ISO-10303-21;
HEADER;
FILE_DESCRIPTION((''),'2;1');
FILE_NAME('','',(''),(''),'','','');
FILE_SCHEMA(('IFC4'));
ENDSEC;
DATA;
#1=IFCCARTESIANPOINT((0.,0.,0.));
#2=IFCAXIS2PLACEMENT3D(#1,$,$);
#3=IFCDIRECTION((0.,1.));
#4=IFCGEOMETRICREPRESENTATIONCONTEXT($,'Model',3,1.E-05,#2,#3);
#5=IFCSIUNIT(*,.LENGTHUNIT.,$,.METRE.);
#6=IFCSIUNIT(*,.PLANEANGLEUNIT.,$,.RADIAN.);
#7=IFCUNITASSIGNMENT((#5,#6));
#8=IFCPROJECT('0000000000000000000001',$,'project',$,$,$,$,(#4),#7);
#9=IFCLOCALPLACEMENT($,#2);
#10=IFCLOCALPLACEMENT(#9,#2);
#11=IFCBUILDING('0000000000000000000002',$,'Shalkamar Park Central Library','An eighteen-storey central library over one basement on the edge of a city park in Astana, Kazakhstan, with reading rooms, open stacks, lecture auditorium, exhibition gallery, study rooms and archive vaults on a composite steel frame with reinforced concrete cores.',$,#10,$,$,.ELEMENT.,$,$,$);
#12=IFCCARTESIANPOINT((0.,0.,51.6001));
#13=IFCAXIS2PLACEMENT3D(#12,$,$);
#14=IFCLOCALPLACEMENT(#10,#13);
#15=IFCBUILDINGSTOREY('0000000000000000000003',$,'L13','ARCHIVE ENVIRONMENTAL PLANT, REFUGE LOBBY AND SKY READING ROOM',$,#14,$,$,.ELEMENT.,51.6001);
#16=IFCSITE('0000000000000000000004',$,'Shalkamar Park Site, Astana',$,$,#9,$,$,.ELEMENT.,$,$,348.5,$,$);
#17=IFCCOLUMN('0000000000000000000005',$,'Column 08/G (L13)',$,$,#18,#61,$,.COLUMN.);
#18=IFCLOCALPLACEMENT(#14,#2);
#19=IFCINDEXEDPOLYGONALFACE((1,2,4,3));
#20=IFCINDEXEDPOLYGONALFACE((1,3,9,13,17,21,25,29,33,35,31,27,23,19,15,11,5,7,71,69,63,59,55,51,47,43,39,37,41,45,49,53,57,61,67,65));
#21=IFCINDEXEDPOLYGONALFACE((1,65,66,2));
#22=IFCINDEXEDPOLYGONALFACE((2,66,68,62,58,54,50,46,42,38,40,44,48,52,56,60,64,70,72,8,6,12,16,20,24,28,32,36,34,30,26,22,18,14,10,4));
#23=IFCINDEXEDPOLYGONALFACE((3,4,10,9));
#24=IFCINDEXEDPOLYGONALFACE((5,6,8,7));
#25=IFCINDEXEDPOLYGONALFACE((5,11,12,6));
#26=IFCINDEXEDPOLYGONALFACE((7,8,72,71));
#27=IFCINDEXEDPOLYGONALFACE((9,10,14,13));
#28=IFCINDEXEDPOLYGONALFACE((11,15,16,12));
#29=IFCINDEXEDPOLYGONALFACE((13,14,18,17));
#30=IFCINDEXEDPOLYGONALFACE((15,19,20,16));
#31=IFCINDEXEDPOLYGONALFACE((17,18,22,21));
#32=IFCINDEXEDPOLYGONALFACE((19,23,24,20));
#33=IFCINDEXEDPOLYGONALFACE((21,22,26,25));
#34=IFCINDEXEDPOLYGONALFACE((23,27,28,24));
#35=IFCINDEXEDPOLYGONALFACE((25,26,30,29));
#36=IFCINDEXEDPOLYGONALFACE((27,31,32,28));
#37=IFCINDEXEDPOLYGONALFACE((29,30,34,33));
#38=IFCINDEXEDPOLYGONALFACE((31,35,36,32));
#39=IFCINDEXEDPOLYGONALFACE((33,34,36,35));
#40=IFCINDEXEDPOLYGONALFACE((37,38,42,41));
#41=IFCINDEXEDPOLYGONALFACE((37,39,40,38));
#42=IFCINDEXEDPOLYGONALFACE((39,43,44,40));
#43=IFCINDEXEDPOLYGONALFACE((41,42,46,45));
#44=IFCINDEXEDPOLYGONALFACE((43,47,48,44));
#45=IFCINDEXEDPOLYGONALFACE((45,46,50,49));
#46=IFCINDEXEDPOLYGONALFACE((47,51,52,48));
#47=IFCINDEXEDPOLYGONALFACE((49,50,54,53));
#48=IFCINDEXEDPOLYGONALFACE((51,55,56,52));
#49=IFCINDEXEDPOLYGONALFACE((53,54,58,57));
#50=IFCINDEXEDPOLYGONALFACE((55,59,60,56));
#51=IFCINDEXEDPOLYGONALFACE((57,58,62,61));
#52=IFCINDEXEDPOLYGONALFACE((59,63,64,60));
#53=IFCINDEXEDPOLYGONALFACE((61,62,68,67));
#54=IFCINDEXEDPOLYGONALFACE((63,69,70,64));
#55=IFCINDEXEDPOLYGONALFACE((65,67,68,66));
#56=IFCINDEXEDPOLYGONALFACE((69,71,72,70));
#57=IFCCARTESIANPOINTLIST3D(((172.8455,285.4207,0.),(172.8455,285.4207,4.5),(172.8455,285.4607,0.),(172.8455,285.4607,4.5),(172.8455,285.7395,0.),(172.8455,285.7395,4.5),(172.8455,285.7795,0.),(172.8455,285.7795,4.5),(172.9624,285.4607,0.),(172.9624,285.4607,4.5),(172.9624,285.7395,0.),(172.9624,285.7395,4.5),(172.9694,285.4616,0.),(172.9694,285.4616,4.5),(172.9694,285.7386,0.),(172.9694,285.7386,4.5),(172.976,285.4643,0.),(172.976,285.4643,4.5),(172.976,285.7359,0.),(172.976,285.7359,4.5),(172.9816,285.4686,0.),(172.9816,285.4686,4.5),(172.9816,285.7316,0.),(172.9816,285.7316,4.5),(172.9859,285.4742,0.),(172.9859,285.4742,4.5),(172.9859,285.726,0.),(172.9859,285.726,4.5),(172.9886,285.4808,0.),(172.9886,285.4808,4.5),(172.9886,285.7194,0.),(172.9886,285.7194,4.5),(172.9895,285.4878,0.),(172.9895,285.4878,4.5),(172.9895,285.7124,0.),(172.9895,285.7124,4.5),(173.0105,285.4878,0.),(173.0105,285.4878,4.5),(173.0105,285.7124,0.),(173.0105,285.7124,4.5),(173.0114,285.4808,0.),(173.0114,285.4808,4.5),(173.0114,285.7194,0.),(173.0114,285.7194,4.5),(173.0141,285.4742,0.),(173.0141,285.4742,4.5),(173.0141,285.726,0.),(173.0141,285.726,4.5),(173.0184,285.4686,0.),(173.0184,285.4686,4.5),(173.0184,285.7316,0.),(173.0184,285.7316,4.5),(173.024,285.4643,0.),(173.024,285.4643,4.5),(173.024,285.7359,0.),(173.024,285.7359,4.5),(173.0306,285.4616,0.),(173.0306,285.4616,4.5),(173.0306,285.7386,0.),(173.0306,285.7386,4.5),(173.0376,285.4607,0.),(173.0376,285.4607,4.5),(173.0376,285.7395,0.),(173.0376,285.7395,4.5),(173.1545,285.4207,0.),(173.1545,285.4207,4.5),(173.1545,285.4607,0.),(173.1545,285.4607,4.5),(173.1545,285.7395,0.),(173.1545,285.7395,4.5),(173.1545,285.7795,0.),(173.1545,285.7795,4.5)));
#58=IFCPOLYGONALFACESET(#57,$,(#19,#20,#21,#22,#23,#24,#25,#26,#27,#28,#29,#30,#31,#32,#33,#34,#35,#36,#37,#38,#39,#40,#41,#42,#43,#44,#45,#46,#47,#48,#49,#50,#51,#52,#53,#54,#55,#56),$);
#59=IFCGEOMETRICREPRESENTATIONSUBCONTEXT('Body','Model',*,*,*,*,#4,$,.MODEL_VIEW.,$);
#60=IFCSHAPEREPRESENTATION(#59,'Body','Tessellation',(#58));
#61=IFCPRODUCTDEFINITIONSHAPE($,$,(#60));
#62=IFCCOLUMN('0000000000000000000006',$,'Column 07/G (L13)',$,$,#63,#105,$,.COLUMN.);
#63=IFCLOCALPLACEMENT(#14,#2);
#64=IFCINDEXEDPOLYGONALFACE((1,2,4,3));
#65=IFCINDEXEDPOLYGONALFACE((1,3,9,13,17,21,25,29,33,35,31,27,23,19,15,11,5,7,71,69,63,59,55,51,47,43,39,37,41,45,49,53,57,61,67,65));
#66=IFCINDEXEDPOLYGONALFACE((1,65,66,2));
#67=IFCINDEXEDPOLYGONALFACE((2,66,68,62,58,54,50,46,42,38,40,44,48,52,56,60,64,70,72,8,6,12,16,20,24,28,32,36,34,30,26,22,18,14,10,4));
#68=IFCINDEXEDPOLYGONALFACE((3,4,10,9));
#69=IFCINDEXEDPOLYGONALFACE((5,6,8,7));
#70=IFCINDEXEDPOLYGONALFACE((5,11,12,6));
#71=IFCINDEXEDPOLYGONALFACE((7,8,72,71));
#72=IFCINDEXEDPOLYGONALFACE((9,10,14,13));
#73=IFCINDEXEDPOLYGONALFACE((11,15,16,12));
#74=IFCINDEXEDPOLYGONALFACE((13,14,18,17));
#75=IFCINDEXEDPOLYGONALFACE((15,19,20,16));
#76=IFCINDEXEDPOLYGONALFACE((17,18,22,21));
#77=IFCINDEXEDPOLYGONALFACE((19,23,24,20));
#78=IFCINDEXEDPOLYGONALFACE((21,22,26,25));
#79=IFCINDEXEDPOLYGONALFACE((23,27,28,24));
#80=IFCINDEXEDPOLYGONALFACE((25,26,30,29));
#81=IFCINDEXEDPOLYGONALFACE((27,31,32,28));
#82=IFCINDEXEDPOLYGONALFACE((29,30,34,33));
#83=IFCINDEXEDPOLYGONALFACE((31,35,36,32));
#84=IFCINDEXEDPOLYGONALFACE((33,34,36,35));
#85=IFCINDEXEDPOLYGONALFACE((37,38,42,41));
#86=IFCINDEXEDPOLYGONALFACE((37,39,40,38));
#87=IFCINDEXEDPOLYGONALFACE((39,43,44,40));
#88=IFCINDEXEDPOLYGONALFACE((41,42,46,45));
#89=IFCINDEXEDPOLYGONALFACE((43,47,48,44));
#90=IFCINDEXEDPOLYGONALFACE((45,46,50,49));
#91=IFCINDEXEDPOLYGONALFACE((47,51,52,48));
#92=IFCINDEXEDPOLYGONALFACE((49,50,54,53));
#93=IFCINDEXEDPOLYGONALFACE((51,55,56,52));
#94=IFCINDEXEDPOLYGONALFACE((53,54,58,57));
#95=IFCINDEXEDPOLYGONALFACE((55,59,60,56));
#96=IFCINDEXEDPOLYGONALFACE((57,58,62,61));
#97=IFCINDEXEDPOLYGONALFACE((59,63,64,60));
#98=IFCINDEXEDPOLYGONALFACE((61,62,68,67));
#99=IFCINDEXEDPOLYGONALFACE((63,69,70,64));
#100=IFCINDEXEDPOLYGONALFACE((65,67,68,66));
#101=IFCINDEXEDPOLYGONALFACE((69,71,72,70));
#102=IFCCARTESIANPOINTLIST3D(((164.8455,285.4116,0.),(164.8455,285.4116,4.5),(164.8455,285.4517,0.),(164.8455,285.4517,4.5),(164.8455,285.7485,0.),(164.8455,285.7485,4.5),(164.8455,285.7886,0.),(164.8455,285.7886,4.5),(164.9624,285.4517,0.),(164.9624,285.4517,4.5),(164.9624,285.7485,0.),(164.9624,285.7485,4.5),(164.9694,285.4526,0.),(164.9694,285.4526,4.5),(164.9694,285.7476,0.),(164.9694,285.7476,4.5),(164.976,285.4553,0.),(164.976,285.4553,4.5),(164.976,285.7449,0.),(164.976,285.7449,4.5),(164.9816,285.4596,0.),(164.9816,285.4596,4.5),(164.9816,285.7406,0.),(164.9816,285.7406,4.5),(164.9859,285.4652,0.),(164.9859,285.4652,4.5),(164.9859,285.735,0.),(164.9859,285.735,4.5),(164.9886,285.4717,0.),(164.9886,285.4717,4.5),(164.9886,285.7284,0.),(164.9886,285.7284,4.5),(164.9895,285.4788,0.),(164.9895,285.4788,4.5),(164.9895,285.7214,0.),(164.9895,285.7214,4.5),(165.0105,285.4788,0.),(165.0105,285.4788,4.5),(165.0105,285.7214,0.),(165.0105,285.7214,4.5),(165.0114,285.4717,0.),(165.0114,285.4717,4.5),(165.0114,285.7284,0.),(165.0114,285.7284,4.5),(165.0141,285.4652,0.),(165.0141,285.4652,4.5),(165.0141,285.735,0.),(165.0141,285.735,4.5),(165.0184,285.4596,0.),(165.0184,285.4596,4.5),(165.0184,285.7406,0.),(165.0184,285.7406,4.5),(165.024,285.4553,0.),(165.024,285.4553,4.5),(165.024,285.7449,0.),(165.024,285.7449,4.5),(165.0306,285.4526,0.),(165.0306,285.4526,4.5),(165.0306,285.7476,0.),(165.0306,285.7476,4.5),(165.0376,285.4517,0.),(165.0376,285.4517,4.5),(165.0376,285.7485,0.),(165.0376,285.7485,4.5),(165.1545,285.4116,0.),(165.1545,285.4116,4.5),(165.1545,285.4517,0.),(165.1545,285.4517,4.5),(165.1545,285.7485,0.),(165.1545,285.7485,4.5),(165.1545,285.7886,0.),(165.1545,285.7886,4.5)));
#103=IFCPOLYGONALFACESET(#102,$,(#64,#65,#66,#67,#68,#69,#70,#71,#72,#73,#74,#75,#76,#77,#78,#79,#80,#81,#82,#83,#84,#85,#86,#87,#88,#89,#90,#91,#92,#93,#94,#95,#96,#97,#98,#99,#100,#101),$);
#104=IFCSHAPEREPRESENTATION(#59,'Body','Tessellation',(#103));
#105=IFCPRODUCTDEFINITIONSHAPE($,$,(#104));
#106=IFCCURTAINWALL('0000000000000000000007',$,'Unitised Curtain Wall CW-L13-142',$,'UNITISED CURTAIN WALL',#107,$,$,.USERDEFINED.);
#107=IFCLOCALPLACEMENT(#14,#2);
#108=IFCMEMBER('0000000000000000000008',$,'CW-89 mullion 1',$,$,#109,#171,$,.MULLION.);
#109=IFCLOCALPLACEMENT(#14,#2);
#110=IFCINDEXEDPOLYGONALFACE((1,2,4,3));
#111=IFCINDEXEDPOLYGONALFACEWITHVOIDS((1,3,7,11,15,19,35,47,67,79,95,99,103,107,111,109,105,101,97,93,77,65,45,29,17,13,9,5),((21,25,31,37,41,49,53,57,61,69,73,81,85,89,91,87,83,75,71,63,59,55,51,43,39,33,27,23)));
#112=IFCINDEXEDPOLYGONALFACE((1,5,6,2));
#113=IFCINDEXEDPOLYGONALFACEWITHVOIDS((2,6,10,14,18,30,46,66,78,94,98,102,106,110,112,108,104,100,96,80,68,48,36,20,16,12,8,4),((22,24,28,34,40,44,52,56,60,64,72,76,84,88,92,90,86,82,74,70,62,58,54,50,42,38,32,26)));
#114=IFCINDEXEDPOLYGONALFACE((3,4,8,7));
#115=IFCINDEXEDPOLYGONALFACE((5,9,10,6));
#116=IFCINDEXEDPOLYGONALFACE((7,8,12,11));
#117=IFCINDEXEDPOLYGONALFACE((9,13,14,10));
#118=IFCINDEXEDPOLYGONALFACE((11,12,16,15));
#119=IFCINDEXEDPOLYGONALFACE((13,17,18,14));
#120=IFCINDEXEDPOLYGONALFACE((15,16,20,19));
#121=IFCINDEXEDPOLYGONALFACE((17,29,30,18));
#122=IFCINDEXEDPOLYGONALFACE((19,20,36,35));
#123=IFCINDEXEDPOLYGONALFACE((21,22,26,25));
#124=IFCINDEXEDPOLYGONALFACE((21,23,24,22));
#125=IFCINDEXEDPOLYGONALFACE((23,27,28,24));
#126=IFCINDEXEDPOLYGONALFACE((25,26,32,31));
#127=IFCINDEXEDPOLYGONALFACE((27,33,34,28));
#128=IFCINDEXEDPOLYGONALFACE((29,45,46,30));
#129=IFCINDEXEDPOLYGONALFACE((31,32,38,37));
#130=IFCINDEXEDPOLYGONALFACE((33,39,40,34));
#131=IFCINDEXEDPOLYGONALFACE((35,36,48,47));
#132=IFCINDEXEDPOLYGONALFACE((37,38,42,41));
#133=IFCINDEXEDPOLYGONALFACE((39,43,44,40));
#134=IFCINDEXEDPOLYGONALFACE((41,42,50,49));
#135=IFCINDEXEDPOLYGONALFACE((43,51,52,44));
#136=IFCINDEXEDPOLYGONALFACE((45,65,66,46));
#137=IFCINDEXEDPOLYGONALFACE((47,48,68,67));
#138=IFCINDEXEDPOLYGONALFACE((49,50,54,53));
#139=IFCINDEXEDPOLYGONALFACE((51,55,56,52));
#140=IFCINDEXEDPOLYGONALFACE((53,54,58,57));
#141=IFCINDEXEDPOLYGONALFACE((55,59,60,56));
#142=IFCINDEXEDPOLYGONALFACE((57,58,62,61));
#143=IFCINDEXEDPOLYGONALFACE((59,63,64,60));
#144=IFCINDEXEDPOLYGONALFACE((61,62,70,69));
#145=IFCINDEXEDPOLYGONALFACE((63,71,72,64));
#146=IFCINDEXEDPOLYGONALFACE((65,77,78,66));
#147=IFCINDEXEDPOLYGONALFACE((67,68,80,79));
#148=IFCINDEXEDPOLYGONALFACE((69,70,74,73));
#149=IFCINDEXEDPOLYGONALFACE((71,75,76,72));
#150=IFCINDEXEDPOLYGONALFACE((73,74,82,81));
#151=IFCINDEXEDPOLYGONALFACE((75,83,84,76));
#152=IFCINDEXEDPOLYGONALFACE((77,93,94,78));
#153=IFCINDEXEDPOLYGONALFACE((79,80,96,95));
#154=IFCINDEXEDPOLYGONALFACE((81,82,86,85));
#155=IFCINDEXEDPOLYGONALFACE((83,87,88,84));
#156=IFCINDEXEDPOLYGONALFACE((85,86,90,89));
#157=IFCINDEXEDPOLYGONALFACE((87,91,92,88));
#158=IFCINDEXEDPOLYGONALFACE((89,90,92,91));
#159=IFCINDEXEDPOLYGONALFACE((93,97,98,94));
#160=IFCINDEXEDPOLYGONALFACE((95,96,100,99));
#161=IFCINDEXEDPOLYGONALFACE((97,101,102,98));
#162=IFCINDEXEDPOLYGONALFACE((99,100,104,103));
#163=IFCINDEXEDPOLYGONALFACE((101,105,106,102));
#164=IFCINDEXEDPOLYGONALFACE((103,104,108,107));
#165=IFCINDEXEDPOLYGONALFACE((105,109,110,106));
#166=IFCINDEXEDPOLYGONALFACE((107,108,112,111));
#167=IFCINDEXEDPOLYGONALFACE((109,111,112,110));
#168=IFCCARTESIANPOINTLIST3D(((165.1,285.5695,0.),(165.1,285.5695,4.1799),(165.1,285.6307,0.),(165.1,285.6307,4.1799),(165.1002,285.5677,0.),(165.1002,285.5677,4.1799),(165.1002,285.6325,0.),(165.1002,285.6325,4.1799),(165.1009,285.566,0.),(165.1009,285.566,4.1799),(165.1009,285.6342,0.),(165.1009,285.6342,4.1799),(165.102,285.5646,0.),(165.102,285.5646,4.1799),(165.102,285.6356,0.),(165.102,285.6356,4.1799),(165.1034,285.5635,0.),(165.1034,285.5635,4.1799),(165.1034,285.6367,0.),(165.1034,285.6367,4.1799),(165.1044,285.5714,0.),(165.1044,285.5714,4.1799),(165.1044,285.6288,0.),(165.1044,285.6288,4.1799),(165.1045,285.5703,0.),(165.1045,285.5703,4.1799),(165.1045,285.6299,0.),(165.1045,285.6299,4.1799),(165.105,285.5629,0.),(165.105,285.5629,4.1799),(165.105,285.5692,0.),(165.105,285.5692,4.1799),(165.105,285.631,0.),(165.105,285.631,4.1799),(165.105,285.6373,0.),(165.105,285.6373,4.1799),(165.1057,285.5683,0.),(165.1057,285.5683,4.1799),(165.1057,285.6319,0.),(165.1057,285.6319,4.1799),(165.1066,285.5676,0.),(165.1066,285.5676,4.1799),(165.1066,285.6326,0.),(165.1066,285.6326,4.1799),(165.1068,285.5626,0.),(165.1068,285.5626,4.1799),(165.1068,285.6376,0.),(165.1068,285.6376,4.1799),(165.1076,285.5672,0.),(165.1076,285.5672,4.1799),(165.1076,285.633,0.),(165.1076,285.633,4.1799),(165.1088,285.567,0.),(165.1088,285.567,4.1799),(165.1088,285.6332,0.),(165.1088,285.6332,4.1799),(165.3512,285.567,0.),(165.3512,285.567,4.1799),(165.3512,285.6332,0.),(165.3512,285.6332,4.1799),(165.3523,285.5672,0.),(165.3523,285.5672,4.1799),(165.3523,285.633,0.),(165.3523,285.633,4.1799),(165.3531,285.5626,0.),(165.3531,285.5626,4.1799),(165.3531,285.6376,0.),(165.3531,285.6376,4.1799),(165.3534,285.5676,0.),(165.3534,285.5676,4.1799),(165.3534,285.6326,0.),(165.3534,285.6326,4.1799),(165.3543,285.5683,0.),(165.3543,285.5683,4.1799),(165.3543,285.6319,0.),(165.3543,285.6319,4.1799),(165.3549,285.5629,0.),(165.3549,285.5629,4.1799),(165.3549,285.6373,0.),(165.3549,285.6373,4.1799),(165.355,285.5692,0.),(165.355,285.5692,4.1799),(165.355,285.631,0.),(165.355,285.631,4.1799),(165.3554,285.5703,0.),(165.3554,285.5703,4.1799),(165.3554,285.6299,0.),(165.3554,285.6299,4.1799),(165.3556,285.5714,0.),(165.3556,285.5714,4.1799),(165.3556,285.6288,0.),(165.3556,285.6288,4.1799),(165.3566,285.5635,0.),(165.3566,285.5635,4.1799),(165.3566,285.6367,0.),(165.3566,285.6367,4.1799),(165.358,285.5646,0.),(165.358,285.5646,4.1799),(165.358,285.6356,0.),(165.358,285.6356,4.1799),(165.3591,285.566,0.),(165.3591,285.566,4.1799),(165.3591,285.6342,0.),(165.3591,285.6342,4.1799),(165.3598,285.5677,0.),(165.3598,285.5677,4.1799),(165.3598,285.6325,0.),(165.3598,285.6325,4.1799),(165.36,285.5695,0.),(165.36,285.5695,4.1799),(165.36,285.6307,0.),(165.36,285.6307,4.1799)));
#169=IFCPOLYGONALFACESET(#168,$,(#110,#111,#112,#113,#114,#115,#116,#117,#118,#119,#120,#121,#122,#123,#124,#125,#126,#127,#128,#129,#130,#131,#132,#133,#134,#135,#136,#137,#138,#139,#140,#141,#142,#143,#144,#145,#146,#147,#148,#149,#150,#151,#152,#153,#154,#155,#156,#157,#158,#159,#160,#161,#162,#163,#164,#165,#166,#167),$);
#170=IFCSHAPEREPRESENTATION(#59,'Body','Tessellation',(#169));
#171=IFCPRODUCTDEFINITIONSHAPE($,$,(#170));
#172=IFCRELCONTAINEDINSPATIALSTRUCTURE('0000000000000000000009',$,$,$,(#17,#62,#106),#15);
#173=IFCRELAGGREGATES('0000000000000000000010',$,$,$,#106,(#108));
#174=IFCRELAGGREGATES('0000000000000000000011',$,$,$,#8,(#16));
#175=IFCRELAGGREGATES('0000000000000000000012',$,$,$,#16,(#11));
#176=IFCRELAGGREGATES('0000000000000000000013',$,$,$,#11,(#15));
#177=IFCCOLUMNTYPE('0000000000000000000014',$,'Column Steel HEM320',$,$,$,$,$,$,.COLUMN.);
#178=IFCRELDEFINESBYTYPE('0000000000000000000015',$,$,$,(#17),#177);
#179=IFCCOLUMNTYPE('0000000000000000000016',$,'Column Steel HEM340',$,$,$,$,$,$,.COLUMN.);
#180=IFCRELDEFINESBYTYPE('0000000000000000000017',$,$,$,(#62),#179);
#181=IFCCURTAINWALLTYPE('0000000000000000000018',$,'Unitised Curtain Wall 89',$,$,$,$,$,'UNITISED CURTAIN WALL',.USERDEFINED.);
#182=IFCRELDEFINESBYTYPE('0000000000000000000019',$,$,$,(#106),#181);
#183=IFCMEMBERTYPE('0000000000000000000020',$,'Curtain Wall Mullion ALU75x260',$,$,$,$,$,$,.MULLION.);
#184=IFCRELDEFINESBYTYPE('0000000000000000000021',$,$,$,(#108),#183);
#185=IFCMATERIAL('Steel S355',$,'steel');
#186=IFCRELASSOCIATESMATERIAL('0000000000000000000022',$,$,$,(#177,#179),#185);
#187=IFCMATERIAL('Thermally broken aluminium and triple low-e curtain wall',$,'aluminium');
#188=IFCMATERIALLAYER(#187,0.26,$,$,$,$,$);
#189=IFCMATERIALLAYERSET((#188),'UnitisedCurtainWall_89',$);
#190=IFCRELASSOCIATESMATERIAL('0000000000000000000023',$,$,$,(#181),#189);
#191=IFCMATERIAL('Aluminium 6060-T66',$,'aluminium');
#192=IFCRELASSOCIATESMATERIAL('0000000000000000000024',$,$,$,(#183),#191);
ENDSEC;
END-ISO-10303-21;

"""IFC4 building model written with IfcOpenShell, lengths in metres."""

from ifc_helpers import new_model, si_unit, direction, frame, origin, origin_2d, place, context, subcontext, project, spatial, hollow_rectangle, i_section, extrude, material, layer, layer_set, material_profile, profile_set, type_object, element, aggregate, save


model = new_model("IFC4")

# Units and contexts
model_context = context("Model", 3, precision=1e-05, world=origin(), true_north=direction((0.0, 1.0)))
body_context = subcontext(model_context, "Body", "Model", "MODEL_VIEW")
ifc_project = project(units=[si_unit("LENGTHUNIT", "METRE"), si_unit("PLANEANGLEUNIT", "RADIAN")], contexts=[model_context])

# Site, building, storey
site_placement = place(None, origin())
site = spatial("IfcSite", under=ifc_project, at=site_placement, Name="Shalkamar Park Site, Astana", CompositionType="ELEMENT", RefElevation=348.5)
building_placement = place(site_placement, origin())
building = spatial("IfcBuilding", under=site, at=building_placement, Name="Shalkamar Park Central Library", Description="An eighteen-storey central library over one basement on the edge of a city park in Astana, Kazakhstan, with reading rooms, open stacks, lecture auditorium, exhibition gallery, study rooms and archive vaults on a composite steel frame with reinforced concrete cores.", CompositionType="ELEMENT")
storey_placement = place(building_placement, frame((0.0, 0.0, 51.6001)))
storey = spatial("IfcBuildingStorey", under=building, at=storey_placement, Name="L13", Description="ARCHIVE ENVIRONMENTAL PLANT, REFUGE LOBBY AND SKY READING ROOM", CompositionType="ELEMENT", Elevation=51.6001)

# Columns
ifc_material_1 = material(Name="Steel S355", Category="steel")
ifc_material_profile_1 = material_profile(ifc_material_1, i_section(OverallWidth=0.3091, OverallDepth=0.3589, WebThickness=0.021, FlangeThickness=0.04, FilletRadius=0.0271, at=origin_2d()), Name="HEM 320")
ifc_profile_set_1 = profile_set([ifc_material_profile_1], Name="Steel S355")
column_type_1 = type_object("IfcColumnType", Name="Column Steel HEM320", PredefinedType="COLUMN", material=ifc_profile_set_1)
column_1_placement = place(storey_placement, frame((173.0, 285.6001, 0.0), z_axis=(0.0, 0.0, 1.0), x_axis=(1.0, 0.0, 0.0)))
element("IfcColumn", 1, at=column_1_placement, inside=storey, type_object=column_type_1, Name="Column 08/G (L13)", PredefinedType="COLUMN", context=body_context, shape_type="SweptSolid", body=[
    extrude(i_section(OverallWidth=0.3091, OverallDepth=0.3589, WebThickness=0.021, FlangeThickness=0.04, FilletRadius=0.0271, at=origin_2d()), origin(), (0.0, 0.0, 1.0), 4.5),
])
ifc_material_profile_2 = material_profile(ifc_material_1, i_section(OverallWidth=0.3091, OverallDepth=0.377, WebThickness=0.021, FlangeThickness=0.04, FilletRadius=0.0271, at=origin_2d()), Name="HEM 340")
ifc_profile_set_2 = profile_set([ifc_material_profile_2], Name="Steel S355")
column_type_2 = type_object("IfcColumnType", Name="Column Steel HEM340", PredefinedType="COLUMN", material=ifc_profile_set_2)
column_2_placement = place(storey_placement, frame((165.0, 285.6001, 0.0), z_axis=(0.0, 0.0, 1.0), x_axis=(1.0, 0.0, 0.0)))
element("IfcColumn", 2, at=column_2_placement, inside=storey, type_object=column_type_2, Name="Column 07/G (L13)", PredefinedType="COLUMN", context=body_context, shape_type="SweptSolid", body=[
    extrude(i_section(OverallWidth=0.3091, OverallDepth=0.377, WebThickness=0.021, FlangeThickness=0.04, FilletRadius=0.0271, at=origin_2d()), origin(), (0.0, 0.0, 1.0), 4.5),
])

# Curtain wall, member
ifc_material_2 = material(Name="Thermally broken aluminium and triple low-e curtain wall", Category="aluminium")
ifc_layer_1 = layer(ifc_material_2, 0.26)
ifc_layer_set_1 = layer_set([ifc_layer_1], Name="UnitisedCurtainWall_89")
curtain_wall_type_1 = type_object("IfcCurtainWallType", Name="Unitised Curtain Wall 89", ElementType="UNITISED CURTAIN WALL", PredefinedType="USERDEFINED", material=ifc_layer_set_1)
curtain_wall_1_placement = place(storey_placement, origin())
curtain_wall_1 = element("IfcCurtainWall", 3, at=curtain_wall_1_placement, inside=storey, type_object=curtain_wall_type_1, Name="Unitised Curtain Wall CW-L13-142", ObjectType="UNITISED CURTAIN WALL", PredefinedType="USERDEFINED")
ifc_material_3 = material(Name="Aluminium 6060-T66", Category="aluminium")
ifc_material_profile_3 = material_profile(ifc_material_3, hollow_rectangle(XDim=0.075, YDim=0.26, WallThickness=0.0044, InnerFilletRadius=0.0044, OuterFilletRadius=0.0068, at=origin_2d()), Name="ALU 75x260x4.5")
ifc_profile_set_3 = profile_set([ifc_material_profile_3], Name="Aluminium 6060-T66")
member_type_1 = type_object("IfcMemberType", Name="Curtain Wall Mullion ALU75x260", PredefinedType="MULLION", material=ifc_profile_set_3)
member_1_placement = place(storey_placement, frame((165.23, 285.6001, 0.0), z_axis=(0.0, 0.0, 1.0), x_axis=(0.0, 1.0, 0.0)))
member_1 = element("IfcMember", 4, at=member_1_placement, type_object=member_type_1, Name="CW-89 mullion 1", PredefinedType="MULLION", context=body_context, shape_type="SweptSolid", body=[
    extrude(hollow_rectangle(XDim=0.075, YDim=0.26, WallThickness=0.0044, InnerFilletRadius=0.0044, OuterFilletRadius=0.0068, at=origin_2d()), origin(), (0.0, 0.0, 1.0), 4.1799),
])

aggregate(curtain_wall_1, [member_1])

save(model, "model.ifc")
